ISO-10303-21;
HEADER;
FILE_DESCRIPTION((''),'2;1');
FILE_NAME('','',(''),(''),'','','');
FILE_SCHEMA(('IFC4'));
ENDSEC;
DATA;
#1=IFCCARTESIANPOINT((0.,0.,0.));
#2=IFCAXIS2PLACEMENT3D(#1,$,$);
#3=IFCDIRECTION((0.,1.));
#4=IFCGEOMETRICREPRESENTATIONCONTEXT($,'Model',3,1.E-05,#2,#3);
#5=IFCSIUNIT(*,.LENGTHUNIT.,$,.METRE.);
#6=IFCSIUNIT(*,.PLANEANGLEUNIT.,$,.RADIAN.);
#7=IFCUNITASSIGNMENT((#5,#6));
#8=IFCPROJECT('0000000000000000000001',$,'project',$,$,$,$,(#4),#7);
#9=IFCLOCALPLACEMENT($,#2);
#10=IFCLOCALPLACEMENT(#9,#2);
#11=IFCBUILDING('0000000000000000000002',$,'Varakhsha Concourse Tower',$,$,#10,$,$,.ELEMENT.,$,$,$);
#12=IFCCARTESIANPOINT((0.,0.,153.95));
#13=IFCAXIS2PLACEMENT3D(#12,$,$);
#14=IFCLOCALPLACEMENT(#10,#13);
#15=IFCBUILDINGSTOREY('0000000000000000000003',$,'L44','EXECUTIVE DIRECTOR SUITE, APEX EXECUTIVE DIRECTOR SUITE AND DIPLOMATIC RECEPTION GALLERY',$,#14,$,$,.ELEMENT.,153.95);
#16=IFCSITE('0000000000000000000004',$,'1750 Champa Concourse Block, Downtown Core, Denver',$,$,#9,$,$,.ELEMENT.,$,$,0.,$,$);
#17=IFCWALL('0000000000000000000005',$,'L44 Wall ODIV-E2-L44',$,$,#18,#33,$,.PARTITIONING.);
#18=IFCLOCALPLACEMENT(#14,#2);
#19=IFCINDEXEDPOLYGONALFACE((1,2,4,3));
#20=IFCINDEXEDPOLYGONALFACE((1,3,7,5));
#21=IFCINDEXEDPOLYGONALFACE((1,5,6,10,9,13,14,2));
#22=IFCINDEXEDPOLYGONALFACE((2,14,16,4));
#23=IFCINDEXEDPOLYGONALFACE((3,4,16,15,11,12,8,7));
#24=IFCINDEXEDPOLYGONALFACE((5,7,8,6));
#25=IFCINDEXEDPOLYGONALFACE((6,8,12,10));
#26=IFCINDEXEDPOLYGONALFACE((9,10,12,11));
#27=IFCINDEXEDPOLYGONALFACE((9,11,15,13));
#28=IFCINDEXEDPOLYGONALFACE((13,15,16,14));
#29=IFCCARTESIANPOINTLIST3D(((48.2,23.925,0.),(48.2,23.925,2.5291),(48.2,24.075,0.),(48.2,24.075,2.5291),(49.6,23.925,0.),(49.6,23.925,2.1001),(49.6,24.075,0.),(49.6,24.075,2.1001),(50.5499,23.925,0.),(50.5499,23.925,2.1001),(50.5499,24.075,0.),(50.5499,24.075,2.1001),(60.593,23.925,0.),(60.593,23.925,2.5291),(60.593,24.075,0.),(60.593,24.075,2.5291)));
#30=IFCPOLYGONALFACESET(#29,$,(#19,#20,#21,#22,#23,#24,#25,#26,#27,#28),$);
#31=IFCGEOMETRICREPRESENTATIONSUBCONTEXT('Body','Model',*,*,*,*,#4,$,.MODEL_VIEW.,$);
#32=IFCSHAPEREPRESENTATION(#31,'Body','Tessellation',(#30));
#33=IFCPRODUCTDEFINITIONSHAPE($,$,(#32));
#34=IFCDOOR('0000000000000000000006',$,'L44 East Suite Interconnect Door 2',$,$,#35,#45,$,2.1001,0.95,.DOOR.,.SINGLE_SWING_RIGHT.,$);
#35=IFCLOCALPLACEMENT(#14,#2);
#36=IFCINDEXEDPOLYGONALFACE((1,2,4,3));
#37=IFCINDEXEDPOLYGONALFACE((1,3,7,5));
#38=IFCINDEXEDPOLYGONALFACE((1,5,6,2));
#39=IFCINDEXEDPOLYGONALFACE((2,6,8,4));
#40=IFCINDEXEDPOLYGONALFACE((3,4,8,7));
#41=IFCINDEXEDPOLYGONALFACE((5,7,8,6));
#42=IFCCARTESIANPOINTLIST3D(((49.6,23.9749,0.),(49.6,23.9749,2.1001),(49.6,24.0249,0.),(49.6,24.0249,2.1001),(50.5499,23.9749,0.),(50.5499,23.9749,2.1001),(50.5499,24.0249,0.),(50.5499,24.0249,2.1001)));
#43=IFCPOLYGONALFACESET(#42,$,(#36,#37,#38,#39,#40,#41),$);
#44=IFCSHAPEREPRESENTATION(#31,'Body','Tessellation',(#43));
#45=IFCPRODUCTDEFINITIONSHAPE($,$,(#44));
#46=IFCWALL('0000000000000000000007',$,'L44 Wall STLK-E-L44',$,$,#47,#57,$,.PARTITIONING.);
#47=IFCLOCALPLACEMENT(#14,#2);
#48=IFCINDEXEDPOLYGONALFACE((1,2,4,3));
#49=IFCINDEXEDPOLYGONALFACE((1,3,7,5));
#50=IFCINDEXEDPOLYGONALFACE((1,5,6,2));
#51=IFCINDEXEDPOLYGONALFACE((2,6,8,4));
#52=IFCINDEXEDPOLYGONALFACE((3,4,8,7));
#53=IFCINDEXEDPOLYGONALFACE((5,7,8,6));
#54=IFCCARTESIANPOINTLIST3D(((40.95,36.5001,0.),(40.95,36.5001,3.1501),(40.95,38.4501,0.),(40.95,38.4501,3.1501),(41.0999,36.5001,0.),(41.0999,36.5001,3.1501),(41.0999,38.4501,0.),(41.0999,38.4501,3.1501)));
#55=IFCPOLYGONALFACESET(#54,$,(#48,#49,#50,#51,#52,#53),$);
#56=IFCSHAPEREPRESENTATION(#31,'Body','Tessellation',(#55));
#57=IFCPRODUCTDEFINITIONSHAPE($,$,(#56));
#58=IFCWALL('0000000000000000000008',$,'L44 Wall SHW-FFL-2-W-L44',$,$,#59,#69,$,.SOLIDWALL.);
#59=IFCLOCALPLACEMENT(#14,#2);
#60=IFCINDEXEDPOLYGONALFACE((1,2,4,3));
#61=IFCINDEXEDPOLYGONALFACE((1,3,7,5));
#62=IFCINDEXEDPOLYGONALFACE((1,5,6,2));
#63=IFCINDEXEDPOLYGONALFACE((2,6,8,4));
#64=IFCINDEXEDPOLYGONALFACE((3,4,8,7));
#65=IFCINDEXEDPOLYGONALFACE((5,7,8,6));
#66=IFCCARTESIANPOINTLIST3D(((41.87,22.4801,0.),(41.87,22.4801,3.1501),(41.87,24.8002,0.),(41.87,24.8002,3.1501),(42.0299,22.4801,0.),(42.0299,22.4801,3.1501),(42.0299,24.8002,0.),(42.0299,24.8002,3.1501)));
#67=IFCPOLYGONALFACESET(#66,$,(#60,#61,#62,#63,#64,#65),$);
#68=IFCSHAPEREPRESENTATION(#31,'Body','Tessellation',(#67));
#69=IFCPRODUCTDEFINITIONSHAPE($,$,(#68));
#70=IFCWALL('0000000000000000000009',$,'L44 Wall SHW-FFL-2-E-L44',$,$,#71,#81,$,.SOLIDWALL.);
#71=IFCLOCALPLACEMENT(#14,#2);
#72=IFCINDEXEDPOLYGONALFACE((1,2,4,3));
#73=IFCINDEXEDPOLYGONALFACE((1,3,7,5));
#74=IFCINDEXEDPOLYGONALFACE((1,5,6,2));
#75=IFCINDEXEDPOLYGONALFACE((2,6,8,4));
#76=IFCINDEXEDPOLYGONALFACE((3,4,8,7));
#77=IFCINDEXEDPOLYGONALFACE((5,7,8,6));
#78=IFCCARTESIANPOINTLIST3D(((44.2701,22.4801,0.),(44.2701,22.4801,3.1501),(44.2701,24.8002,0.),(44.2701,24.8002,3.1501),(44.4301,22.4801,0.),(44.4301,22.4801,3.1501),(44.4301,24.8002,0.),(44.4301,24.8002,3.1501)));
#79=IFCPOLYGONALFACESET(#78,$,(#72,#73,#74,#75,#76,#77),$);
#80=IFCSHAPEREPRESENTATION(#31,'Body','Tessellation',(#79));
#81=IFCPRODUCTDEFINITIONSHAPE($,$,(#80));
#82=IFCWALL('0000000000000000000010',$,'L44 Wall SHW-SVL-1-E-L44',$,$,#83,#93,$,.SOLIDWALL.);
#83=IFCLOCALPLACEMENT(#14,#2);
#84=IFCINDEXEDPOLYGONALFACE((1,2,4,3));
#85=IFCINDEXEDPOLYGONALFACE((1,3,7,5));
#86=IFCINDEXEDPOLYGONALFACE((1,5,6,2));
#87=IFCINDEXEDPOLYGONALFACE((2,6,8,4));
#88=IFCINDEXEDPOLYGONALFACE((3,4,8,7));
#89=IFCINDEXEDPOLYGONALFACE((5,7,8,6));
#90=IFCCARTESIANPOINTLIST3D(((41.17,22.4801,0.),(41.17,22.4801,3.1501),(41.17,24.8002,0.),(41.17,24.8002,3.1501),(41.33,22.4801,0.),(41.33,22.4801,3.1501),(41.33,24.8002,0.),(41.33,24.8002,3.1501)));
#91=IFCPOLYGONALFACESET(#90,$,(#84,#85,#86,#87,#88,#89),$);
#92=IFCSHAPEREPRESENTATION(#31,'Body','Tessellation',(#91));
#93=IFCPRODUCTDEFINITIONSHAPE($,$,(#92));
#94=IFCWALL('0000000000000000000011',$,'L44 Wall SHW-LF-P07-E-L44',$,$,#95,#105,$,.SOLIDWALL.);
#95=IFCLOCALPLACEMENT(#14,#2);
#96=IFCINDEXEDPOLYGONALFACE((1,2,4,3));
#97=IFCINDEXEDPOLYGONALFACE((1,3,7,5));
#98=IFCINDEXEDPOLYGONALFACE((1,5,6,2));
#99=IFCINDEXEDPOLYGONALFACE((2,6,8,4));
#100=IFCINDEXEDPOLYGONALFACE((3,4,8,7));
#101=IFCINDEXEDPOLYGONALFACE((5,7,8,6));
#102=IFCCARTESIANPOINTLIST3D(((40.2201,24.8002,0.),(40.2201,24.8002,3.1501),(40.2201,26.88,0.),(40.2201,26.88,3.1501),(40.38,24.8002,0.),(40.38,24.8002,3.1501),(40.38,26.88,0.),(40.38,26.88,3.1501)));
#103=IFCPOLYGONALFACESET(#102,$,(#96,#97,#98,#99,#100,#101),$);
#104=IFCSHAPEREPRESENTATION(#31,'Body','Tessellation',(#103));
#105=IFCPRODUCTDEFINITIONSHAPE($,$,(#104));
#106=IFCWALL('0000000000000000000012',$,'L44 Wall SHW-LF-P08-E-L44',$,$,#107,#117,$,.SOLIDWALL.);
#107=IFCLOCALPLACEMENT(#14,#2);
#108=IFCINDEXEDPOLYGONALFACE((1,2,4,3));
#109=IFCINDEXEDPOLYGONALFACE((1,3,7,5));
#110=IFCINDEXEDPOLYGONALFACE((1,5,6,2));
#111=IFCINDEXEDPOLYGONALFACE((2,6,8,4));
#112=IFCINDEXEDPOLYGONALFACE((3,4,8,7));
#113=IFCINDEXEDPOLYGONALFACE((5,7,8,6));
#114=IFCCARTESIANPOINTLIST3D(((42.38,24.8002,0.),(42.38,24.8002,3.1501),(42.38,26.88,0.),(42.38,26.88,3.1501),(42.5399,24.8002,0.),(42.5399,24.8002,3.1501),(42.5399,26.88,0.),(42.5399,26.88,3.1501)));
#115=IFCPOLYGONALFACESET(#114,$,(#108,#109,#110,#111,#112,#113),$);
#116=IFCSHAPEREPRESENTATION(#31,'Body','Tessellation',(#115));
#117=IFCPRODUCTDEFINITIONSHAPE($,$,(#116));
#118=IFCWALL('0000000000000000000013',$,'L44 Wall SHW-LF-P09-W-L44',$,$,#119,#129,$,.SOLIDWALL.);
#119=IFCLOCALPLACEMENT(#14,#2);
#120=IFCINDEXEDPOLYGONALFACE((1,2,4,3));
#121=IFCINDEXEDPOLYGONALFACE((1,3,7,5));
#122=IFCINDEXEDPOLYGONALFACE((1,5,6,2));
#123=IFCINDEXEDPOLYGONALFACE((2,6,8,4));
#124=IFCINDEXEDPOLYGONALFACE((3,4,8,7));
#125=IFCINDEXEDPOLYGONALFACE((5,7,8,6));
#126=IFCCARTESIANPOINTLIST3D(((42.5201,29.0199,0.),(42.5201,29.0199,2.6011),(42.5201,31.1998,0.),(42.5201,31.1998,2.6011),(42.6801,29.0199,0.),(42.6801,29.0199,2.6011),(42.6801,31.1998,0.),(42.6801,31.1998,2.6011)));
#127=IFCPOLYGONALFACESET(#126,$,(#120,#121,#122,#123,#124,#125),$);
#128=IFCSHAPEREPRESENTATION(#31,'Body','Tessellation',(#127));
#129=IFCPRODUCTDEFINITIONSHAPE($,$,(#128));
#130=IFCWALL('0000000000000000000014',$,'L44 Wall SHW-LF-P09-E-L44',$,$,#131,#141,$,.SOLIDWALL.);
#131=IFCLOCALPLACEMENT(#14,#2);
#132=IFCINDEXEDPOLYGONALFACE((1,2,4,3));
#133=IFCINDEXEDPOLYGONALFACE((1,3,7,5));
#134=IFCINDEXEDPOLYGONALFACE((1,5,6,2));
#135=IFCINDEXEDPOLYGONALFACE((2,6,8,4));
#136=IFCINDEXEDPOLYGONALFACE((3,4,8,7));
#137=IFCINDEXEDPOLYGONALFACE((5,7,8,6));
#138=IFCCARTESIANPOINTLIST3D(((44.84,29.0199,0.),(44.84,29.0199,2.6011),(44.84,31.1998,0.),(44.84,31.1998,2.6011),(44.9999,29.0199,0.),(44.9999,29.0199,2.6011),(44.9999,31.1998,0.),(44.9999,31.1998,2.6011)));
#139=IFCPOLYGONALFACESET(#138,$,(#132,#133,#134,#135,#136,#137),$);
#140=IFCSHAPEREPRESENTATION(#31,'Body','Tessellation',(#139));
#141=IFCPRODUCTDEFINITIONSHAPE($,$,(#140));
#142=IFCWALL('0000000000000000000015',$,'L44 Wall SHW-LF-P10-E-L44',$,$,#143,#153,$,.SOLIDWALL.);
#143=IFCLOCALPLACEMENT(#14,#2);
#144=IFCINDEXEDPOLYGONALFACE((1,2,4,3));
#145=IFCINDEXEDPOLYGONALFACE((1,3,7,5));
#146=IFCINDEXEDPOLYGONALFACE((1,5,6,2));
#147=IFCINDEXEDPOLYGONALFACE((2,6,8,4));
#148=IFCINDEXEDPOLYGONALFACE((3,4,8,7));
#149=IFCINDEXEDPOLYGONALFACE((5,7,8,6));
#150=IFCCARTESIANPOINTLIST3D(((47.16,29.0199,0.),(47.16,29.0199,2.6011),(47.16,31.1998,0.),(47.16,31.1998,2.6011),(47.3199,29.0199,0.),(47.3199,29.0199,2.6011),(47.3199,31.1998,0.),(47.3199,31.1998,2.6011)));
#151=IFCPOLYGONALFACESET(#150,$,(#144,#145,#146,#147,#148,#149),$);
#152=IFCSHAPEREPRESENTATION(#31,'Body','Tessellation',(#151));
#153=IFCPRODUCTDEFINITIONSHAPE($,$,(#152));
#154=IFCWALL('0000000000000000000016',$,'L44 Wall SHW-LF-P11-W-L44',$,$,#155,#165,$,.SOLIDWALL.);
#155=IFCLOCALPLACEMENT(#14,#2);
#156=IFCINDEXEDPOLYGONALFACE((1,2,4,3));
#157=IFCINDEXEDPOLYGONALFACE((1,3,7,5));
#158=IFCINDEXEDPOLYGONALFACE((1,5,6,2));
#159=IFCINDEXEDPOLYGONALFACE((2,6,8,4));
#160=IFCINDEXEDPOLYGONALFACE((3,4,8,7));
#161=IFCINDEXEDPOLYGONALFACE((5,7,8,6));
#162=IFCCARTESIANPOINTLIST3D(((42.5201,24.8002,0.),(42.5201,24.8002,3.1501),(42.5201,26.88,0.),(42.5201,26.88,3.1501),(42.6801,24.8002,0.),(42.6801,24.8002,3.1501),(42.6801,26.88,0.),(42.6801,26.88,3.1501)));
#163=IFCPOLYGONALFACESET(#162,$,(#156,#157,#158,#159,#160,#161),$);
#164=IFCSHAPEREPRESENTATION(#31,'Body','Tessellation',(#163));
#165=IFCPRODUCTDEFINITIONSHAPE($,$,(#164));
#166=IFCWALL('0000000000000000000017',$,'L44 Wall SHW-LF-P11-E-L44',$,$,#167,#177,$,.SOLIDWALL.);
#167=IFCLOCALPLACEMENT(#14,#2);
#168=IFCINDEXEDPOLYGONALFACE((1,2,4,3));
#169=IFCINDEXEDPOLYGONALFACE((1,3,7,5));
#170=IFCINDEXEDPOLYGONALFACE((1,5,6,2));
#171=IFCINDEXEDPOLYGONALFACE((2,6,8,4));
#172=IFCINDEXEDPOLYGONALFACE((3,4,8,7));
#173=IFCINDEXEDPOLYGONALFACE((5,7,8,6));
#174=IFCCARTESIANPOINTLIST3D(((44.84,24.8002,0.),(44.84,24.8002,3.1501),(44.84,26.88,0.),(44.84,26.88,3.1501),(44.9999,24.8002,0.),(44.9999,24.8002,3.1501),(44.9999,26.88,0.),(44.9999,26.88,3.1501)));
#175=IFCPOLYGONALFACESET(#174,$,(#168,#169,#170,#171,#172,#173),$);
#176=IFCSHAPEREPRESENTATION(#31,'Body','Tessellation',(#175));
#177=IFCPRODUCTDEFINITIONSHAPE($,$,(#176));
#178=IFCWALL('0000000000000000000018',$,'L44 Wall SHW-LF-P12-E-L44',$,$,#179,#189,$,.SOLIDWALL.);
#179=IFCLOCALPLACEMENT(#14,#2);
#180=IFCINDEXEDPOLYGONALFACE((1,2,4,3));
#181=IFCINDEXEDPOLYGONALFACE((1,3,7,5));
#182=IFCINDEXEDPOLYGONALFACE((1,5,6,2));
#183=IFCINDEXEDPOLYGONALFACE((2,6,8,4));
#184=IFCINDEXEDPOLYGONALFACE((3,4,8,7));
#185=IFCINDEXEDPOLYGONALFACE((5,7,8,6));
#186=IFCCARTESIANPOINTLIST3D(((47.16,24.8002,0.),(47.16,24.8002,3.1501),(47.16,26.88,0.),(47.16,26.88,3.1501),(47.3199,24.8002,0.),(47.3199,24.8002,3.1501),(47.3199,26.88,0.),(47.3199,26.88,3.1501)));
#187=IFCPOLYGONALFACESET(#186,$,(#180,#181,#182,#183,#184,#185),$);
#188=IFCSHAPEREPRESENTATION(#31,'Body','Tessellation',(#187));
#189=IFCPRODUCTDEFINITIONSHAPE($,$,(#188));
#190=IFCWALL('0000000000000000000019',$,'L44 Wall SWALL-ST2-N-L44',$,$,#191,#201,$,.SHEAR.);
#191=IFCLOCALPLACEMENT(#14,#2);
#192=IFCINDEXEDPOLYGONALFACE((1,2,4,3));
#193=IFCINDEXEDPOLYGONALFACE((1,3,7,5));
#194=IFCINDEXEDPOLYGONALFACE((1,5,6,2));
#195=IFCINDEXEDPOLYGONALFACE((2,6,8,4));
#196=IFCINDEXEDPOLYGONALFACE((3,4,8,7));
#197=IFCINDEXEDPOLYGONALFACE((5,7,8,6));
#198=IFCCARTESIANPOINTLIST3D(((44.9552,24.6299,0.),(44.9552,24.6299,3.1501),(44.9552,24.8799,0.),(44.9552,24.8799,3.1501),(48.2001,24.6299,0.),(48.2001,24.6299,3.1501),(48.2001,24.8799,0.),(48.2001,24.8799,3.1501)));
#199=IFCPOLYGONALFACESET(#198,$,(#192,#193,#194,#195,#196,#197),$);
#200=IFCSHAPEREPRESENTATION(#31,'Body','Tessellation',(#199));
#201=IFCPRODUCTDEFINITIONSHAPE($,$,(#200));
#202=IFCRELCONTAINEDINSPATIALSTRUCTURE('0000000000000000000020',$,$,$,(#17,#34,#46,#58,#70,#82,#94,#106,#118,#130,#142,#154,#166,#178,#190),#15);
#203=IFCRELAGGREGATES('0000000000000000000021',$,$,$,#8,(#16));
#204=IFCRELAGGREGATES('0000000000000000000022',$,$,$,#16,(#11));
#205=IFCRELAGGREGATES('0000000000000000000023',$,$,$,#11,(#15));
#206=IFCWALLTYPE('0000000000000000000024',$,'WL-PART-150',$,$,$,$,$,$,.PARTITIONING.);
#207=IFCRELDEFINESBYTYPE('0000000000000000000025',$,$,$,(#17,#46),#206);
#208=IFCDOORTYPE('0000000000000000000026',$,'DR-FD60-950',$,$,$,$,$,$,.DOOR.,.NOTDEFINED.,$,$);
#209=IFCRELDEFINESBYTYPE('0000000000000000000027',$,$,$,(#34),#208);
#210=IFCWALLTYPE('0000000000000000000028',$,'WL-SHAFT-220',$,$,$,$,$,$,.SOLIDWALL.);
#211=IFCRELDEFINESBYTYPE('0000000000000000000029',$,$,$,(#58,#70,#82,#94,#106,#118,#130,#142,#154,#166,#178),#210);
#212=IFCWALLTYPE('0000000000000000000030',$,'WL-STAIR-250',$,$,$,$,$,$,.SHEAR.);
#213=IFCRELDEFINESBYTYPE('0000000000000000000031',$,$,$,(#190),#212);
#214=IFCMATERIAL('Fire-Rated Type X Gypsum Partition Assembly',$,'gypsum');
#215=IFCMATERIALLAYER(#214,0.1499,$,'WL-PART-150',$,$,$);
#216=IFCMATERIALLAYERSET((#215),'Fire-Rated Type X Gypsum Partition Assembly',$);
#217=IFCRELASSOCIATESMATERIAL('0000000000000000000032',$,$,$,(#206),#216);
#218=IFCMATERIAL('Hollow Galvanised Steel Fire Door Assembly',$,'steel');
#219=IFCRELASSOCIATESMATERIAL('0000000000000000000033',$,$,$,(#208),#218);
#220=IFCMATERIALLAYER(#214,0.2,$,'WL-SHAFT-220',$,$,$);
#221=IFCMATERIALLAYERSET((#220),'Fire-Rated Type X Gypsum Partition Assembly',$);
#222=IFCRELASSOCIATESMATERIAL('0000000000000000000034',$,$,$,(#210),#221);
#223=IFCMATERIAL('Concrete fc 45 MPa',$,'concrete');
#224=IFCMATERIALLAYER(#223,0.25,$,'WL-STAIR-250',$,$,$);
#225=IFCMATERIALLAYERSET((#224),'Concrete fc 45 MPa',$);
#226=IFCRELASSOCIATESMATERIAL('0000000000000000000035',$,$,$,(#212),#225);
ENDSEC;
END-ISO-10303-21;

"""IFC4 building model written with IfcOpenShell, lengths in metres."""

from ifc_helpers import new_model, si_unit, direction, frame, frame_2d, origin, place, context, subcontext, project, spatial, rectangle, extrude, material, layer, layer_set, type_object, element, fill, save


model = new_model("IFC4")

# Units and contexts
model_context = context("Model", 3, precision=1e-05, world=origin(), true_north=direction((0.0, 1.0)))
body_context = subcontext(model_context, "Body", "Model", "MODEL_VIEW")
ifc_project = project(units=[si_unit("LENGTHUNIT", "METRE"), si_unit("PLANEANGLEUNIT", "RADIAN")], contexts=[model_context])

# Site, building, storey
site_placement = place(None, origin())
site = spatial("IfcSite", under=ifc_project, at=site_placement, Name="1750 Champa Concourse Block, Downtown Core, Denver", CompositionType="ELEMENT", RefElevation=0.0)
building_placement = place(site_placement, origin())
building = spatial("IfcBuilding", under=site, at=building_placement, Name="Varakhsha Concourse Tower", CompositionType="ELEMENT")
storey_placement = place(building_placement, frame((0.0, 0.0, 153.95)))
storey = spatial("IfcBuildingStorey", under=building, at=storey_placement, Name="L44", Description="EXECUTIVE DIRECTOR SUITE, APEX EXECUTIVE DIRECTOR SUITE AND DIPLOMATIC RECEPTION GALLERY", CompositionType="ELEMENT", Elevation=153.95)

# Shared definitions
ifc_material_1 = material(Name="Fire-Rated Type X Gypsum Partition Assembly", Category="gypsum")
ifc_layer_1 = layer(ifc_material_1, 0.1499, Name="WL-PART-150")
ifc_layer_set_1 = layer_set([ifc_layer_1], Name="Fire-Rated Type X Gypsum Partition Assembly")
wall_type_1 = type_object("IfcWallType", Name="WL-PART-150", PredefinedType="PARTITIONING", material=ifc_layer_set_1)

# Wall, opening, door
wall_1_placement = place(storey_placement, frame((48.2, 24.0, 0.0), z_axis=(0.0, 0.0, 1.0), x_axis=(1.0, 0.0, 0.0)))
wall_1 = element("IfcWall", 1, at=wall_1_placement, inside=storey, type_object=wall_type_1, Name="L44 Wall ODIV-E2-L44", PredefinedType="PARTITIONING", context=body_context, shape_type="SweptSolid", body=[
    extrude(rectangle(XDim=12.3931, YDim=0.1499, at=frame_2d((6.1965, 0.0))), origin(), (0.0, 0.0, 1.0), 2.5291),
])
opening_placement = place(wall_1_placement, frame((1.3999, 0.0, 0.0)))
opening = element("IfcOpeningElement", 2, at=opening_placement, cuts=wall_1, PredefinedType="OPENING", context=body_context, shape_type="SweptSolid", body=[
    extrude(rectangle(XDim=0.95, YDim=2.1001, at=frame_2d((0.4751, 1.05))), frame((0.0, 0.085, 0.0), z_axis=(0.0, -1.0, 0.0), x_axis=(1.0, 0.0, 0.0)), (0.0, 0.0, 1.0), 0.1699),
])
ifc_material_2 = material(Name="Hollow Galvanised Steel Fire Door Assembly", Category="steel")
door_type = type_object("IfcDoorType", Name="DR-FD60-950", OperationType="NOTDEFINED", PredefinedType="DOOR", material=ifc_material_2)
door_placement = place(opening_placement, origin())
door = element("IfcDoor", 3, at=door_placement, inside=storey, type_object=door_type, Name="L44 East Suite Interconnect Door 2", OperationType="SINGLE_SWING_RIGHT", OverallHeight=2.1001, OverallWidth=0.95, PredefinedType="DOOR", context=body_context, shape_type="SweptSolid", body=[
    extrude(rectangle(XDim=0.95, YDim=2.1001, at=frame_2d((0.4751, 1.05))), frame((0.0, 0.0249, 0.0), z_axis=(0.0, -1.0, 0.0), x_axis=(1.0, 0.0, 0.0)), (0.0, 0.0, 1.0), 0.05),
])
fill(opening, door)

# Walls
wall_2_placement = place(storey_placement, frame((41.0249, 36.5, 0.0), z_axis=(0.0, 0.0, 1.0), x_axis=(0.0, 1.0, 0.0)))
element("IfcWall", 4, at=wall_2_placement, inside=storey, type_object=wall_type_1, Name="L44 Wall STLK-E-L44", PredefinedType="PARTITIONING", context=body_context, shape_type="SweptSolid", body=[
    extrude(rectangle(XDim=1.95, YDim=0.1499, at=frame_2d((0.9751, 0.0))), origin(), (0.0, 0.0, 1.0), 3.1501),
])
ifc_layer_2 = layer(ifc_material_1, 0.2, Name="WL-SHAFT-220")
ifc_layer_set_2 = layer_set([ifc_layer_2], Name="Fire-Rated Type X Gypsum Partition Assembly")
wall_type_2 = type_object("IfcWallType", Name="WL-SHAFT-220", PredefinedType="SOLIDWALL", material=ifc_layer_set_2)
for number, where, z_axis, x_axis, name in (
    (5, (41.95, 22.48, 0.0), (0.0, 0.0, 1.0), (0.0, 1.0, 0.0), "L44 Wall SHW-FFL-2-W-L44"),
    (6, (44.3501, 22.48, 0.0), (0.0, 0.0, 1.0), (0.0, 1.0, 0.0), "L44 Wall SHW-FFL-2-E-L44"),
    (7, (41.25, 22.48, 0.0), (0.0, 0.0, 1.0), (0.0, 1.0, 0.0), "L44 Wall SHW-SVL-1-E-L44"),
):
    element("IfcWall", number, at=place(storey_placement, frame(where, z_axis=z_axis, x_axis=x_axis)), inside=storey, type_object=wall_type_2, Name=name, PredefinedType="SOLIDWALL", context=body_context, shape_type="SweptSolid", body=[
        extrude(rectangle(XDim=2.3201, YDim=0.1599, at=frame_2d((1.1602, 0.0))), origin(), (0.0, 0.0, 1.0), 3.1501),
    ])
for number, where, z_axis, x_axis, name in (
    (8, (40.3, 24.8, 0.0), (0.0, 0.0, 1.0), (0.0, 1.0, 0.0), "L44 Wall SHW-LF-P07-E-L44"),
    (9, (42.46, 24.8, 0.0), (0.0, 0.0, 1.0), (0.0, 1.0, 0.0), "L44 Wall SHW-LF-P08-E-L44"),
):
    element("IfcWall", number, at=place(storey_placement, frame(where, z_axis=z_axis, x_axis=x_axis)), inside=storey, type_object=wall_type_2, Name=name, PredefinedType="SOLIDWALL", context=body_context, shape_type="SweptSolid", body=[
        extrude(rectangle(XDim=2.0798, YDim=0.1599, at=frame_2d((1.04, 0.0))), origin(), (0.0, 0.0, 1.0), 3.1501),
    ])
for number, where, z_axis, x_axis, name in (
    (10, (42.6001, 29.02, 0.0), (0.0, 0.0, 1.0), (0.0, 1.0, 0.0), "L44 Wall SHW-LF-P09-W-L44"),
    (11, (44.9199, 29.02, 0.0), (0.0, 0.0, 1.0), (0.0, 1.0, 0.0), "L44 Wall SHW-LF-P09-E-L44"),
    (12, (47.24, 29.02, 0.0), (0.0, 0.0, 1.0), (0.0, 1.0, 0.0), "L44 Wall SHW-LF-P10-E-L44"),
):
    element("IfcWall", number, at=place(storey_placement, frame(where, z_axis=z_axis, x_axis=x_axis)), inside=storey, type_object=wall_type_2, Name=name, PredefinedType="SOLIDWALL", context=body_context, shape_type="SweptSolid", body=[
        extrude(rectangle(XDim=2.1799, YDim=0.1599, at=frame_2d((1.0898, 0.0))), origin(), (0.0, 0.0, 1.0), 2.6011),
    ])
for number, where, z_axis, x_axis, name in (
    (13, (42.6001, 24.8, 0.0), (0.0, 0.0, 1.0), (0.0, 1.0, 0.0), "L44 Wall SHW-LF-P11-W-L44"),
    (14, (44.9199, 24.8, 0.0), (0.0, 0.0, 1.0), (0.0, 1.0, 0.0), "L44 Wall SHW-LF-P11-E-L44"),
    (15, (47.24, 24.8, 0.0), (0.0, 0.0, 1.0), (0.0, 1.0, 0.0), "L44 Wall SHW-LF-P12-E-L44"),
):
    element("IfcWall", number, at=place(storey_placement, frame(where, z_axis=z_axis, x_axis=x_axis)), inside=storey, type_object=wall_type_2, Name=name, PredefinedType="SOLIDWALL", context=body_context, shape_type="SweptSolid", body=[
        extrude(rectangle(XDim=2.0798, YDim=0.1599, at=frame_2d((1.04, 0.0))), origin(), (0.0, 0.0, 1.0), 3.1501),
    ])
ifc_material_3 = material(Name="Concrete fc 45 MPa", Category="concrete")
ifc_layer_3 = layer(ifc_material_3, 0.25, Name="WL-STAIR-250")
ifc_layer_set_3 = layer_set([ifc_layer_3], Name="Concrete fc 45 MPa")
wall_type_3 = type_object("IfcWallType", Name="WL-STAIR-250", PredefinedType="SHEAR", material=ifc_layer_set_3)
wall_3_placement = place(storey_placement, frame((44.9551, 24.7549, 0.0), z_axis=(0.0, 0.0, 1.0), x_axis=(1.0, 0.0, 0.0)))
element("IfcWall", 16, at=wall_3_placement, inside=storey, type_object=wall_type_3, Name="L44 Wall SWALL-ST2-N-L44", PredefinedType="SHEAR", context=body_context, shape_type="SweptSolid", body=[
    extrude(rectangle(XDim=3.2449, YDim=0.25, at=frame_2d((1.6226, 0.0))), origin(), (0.0, 0.0, 1.0), 3.1501),
])

save(model, "model.ifc")
